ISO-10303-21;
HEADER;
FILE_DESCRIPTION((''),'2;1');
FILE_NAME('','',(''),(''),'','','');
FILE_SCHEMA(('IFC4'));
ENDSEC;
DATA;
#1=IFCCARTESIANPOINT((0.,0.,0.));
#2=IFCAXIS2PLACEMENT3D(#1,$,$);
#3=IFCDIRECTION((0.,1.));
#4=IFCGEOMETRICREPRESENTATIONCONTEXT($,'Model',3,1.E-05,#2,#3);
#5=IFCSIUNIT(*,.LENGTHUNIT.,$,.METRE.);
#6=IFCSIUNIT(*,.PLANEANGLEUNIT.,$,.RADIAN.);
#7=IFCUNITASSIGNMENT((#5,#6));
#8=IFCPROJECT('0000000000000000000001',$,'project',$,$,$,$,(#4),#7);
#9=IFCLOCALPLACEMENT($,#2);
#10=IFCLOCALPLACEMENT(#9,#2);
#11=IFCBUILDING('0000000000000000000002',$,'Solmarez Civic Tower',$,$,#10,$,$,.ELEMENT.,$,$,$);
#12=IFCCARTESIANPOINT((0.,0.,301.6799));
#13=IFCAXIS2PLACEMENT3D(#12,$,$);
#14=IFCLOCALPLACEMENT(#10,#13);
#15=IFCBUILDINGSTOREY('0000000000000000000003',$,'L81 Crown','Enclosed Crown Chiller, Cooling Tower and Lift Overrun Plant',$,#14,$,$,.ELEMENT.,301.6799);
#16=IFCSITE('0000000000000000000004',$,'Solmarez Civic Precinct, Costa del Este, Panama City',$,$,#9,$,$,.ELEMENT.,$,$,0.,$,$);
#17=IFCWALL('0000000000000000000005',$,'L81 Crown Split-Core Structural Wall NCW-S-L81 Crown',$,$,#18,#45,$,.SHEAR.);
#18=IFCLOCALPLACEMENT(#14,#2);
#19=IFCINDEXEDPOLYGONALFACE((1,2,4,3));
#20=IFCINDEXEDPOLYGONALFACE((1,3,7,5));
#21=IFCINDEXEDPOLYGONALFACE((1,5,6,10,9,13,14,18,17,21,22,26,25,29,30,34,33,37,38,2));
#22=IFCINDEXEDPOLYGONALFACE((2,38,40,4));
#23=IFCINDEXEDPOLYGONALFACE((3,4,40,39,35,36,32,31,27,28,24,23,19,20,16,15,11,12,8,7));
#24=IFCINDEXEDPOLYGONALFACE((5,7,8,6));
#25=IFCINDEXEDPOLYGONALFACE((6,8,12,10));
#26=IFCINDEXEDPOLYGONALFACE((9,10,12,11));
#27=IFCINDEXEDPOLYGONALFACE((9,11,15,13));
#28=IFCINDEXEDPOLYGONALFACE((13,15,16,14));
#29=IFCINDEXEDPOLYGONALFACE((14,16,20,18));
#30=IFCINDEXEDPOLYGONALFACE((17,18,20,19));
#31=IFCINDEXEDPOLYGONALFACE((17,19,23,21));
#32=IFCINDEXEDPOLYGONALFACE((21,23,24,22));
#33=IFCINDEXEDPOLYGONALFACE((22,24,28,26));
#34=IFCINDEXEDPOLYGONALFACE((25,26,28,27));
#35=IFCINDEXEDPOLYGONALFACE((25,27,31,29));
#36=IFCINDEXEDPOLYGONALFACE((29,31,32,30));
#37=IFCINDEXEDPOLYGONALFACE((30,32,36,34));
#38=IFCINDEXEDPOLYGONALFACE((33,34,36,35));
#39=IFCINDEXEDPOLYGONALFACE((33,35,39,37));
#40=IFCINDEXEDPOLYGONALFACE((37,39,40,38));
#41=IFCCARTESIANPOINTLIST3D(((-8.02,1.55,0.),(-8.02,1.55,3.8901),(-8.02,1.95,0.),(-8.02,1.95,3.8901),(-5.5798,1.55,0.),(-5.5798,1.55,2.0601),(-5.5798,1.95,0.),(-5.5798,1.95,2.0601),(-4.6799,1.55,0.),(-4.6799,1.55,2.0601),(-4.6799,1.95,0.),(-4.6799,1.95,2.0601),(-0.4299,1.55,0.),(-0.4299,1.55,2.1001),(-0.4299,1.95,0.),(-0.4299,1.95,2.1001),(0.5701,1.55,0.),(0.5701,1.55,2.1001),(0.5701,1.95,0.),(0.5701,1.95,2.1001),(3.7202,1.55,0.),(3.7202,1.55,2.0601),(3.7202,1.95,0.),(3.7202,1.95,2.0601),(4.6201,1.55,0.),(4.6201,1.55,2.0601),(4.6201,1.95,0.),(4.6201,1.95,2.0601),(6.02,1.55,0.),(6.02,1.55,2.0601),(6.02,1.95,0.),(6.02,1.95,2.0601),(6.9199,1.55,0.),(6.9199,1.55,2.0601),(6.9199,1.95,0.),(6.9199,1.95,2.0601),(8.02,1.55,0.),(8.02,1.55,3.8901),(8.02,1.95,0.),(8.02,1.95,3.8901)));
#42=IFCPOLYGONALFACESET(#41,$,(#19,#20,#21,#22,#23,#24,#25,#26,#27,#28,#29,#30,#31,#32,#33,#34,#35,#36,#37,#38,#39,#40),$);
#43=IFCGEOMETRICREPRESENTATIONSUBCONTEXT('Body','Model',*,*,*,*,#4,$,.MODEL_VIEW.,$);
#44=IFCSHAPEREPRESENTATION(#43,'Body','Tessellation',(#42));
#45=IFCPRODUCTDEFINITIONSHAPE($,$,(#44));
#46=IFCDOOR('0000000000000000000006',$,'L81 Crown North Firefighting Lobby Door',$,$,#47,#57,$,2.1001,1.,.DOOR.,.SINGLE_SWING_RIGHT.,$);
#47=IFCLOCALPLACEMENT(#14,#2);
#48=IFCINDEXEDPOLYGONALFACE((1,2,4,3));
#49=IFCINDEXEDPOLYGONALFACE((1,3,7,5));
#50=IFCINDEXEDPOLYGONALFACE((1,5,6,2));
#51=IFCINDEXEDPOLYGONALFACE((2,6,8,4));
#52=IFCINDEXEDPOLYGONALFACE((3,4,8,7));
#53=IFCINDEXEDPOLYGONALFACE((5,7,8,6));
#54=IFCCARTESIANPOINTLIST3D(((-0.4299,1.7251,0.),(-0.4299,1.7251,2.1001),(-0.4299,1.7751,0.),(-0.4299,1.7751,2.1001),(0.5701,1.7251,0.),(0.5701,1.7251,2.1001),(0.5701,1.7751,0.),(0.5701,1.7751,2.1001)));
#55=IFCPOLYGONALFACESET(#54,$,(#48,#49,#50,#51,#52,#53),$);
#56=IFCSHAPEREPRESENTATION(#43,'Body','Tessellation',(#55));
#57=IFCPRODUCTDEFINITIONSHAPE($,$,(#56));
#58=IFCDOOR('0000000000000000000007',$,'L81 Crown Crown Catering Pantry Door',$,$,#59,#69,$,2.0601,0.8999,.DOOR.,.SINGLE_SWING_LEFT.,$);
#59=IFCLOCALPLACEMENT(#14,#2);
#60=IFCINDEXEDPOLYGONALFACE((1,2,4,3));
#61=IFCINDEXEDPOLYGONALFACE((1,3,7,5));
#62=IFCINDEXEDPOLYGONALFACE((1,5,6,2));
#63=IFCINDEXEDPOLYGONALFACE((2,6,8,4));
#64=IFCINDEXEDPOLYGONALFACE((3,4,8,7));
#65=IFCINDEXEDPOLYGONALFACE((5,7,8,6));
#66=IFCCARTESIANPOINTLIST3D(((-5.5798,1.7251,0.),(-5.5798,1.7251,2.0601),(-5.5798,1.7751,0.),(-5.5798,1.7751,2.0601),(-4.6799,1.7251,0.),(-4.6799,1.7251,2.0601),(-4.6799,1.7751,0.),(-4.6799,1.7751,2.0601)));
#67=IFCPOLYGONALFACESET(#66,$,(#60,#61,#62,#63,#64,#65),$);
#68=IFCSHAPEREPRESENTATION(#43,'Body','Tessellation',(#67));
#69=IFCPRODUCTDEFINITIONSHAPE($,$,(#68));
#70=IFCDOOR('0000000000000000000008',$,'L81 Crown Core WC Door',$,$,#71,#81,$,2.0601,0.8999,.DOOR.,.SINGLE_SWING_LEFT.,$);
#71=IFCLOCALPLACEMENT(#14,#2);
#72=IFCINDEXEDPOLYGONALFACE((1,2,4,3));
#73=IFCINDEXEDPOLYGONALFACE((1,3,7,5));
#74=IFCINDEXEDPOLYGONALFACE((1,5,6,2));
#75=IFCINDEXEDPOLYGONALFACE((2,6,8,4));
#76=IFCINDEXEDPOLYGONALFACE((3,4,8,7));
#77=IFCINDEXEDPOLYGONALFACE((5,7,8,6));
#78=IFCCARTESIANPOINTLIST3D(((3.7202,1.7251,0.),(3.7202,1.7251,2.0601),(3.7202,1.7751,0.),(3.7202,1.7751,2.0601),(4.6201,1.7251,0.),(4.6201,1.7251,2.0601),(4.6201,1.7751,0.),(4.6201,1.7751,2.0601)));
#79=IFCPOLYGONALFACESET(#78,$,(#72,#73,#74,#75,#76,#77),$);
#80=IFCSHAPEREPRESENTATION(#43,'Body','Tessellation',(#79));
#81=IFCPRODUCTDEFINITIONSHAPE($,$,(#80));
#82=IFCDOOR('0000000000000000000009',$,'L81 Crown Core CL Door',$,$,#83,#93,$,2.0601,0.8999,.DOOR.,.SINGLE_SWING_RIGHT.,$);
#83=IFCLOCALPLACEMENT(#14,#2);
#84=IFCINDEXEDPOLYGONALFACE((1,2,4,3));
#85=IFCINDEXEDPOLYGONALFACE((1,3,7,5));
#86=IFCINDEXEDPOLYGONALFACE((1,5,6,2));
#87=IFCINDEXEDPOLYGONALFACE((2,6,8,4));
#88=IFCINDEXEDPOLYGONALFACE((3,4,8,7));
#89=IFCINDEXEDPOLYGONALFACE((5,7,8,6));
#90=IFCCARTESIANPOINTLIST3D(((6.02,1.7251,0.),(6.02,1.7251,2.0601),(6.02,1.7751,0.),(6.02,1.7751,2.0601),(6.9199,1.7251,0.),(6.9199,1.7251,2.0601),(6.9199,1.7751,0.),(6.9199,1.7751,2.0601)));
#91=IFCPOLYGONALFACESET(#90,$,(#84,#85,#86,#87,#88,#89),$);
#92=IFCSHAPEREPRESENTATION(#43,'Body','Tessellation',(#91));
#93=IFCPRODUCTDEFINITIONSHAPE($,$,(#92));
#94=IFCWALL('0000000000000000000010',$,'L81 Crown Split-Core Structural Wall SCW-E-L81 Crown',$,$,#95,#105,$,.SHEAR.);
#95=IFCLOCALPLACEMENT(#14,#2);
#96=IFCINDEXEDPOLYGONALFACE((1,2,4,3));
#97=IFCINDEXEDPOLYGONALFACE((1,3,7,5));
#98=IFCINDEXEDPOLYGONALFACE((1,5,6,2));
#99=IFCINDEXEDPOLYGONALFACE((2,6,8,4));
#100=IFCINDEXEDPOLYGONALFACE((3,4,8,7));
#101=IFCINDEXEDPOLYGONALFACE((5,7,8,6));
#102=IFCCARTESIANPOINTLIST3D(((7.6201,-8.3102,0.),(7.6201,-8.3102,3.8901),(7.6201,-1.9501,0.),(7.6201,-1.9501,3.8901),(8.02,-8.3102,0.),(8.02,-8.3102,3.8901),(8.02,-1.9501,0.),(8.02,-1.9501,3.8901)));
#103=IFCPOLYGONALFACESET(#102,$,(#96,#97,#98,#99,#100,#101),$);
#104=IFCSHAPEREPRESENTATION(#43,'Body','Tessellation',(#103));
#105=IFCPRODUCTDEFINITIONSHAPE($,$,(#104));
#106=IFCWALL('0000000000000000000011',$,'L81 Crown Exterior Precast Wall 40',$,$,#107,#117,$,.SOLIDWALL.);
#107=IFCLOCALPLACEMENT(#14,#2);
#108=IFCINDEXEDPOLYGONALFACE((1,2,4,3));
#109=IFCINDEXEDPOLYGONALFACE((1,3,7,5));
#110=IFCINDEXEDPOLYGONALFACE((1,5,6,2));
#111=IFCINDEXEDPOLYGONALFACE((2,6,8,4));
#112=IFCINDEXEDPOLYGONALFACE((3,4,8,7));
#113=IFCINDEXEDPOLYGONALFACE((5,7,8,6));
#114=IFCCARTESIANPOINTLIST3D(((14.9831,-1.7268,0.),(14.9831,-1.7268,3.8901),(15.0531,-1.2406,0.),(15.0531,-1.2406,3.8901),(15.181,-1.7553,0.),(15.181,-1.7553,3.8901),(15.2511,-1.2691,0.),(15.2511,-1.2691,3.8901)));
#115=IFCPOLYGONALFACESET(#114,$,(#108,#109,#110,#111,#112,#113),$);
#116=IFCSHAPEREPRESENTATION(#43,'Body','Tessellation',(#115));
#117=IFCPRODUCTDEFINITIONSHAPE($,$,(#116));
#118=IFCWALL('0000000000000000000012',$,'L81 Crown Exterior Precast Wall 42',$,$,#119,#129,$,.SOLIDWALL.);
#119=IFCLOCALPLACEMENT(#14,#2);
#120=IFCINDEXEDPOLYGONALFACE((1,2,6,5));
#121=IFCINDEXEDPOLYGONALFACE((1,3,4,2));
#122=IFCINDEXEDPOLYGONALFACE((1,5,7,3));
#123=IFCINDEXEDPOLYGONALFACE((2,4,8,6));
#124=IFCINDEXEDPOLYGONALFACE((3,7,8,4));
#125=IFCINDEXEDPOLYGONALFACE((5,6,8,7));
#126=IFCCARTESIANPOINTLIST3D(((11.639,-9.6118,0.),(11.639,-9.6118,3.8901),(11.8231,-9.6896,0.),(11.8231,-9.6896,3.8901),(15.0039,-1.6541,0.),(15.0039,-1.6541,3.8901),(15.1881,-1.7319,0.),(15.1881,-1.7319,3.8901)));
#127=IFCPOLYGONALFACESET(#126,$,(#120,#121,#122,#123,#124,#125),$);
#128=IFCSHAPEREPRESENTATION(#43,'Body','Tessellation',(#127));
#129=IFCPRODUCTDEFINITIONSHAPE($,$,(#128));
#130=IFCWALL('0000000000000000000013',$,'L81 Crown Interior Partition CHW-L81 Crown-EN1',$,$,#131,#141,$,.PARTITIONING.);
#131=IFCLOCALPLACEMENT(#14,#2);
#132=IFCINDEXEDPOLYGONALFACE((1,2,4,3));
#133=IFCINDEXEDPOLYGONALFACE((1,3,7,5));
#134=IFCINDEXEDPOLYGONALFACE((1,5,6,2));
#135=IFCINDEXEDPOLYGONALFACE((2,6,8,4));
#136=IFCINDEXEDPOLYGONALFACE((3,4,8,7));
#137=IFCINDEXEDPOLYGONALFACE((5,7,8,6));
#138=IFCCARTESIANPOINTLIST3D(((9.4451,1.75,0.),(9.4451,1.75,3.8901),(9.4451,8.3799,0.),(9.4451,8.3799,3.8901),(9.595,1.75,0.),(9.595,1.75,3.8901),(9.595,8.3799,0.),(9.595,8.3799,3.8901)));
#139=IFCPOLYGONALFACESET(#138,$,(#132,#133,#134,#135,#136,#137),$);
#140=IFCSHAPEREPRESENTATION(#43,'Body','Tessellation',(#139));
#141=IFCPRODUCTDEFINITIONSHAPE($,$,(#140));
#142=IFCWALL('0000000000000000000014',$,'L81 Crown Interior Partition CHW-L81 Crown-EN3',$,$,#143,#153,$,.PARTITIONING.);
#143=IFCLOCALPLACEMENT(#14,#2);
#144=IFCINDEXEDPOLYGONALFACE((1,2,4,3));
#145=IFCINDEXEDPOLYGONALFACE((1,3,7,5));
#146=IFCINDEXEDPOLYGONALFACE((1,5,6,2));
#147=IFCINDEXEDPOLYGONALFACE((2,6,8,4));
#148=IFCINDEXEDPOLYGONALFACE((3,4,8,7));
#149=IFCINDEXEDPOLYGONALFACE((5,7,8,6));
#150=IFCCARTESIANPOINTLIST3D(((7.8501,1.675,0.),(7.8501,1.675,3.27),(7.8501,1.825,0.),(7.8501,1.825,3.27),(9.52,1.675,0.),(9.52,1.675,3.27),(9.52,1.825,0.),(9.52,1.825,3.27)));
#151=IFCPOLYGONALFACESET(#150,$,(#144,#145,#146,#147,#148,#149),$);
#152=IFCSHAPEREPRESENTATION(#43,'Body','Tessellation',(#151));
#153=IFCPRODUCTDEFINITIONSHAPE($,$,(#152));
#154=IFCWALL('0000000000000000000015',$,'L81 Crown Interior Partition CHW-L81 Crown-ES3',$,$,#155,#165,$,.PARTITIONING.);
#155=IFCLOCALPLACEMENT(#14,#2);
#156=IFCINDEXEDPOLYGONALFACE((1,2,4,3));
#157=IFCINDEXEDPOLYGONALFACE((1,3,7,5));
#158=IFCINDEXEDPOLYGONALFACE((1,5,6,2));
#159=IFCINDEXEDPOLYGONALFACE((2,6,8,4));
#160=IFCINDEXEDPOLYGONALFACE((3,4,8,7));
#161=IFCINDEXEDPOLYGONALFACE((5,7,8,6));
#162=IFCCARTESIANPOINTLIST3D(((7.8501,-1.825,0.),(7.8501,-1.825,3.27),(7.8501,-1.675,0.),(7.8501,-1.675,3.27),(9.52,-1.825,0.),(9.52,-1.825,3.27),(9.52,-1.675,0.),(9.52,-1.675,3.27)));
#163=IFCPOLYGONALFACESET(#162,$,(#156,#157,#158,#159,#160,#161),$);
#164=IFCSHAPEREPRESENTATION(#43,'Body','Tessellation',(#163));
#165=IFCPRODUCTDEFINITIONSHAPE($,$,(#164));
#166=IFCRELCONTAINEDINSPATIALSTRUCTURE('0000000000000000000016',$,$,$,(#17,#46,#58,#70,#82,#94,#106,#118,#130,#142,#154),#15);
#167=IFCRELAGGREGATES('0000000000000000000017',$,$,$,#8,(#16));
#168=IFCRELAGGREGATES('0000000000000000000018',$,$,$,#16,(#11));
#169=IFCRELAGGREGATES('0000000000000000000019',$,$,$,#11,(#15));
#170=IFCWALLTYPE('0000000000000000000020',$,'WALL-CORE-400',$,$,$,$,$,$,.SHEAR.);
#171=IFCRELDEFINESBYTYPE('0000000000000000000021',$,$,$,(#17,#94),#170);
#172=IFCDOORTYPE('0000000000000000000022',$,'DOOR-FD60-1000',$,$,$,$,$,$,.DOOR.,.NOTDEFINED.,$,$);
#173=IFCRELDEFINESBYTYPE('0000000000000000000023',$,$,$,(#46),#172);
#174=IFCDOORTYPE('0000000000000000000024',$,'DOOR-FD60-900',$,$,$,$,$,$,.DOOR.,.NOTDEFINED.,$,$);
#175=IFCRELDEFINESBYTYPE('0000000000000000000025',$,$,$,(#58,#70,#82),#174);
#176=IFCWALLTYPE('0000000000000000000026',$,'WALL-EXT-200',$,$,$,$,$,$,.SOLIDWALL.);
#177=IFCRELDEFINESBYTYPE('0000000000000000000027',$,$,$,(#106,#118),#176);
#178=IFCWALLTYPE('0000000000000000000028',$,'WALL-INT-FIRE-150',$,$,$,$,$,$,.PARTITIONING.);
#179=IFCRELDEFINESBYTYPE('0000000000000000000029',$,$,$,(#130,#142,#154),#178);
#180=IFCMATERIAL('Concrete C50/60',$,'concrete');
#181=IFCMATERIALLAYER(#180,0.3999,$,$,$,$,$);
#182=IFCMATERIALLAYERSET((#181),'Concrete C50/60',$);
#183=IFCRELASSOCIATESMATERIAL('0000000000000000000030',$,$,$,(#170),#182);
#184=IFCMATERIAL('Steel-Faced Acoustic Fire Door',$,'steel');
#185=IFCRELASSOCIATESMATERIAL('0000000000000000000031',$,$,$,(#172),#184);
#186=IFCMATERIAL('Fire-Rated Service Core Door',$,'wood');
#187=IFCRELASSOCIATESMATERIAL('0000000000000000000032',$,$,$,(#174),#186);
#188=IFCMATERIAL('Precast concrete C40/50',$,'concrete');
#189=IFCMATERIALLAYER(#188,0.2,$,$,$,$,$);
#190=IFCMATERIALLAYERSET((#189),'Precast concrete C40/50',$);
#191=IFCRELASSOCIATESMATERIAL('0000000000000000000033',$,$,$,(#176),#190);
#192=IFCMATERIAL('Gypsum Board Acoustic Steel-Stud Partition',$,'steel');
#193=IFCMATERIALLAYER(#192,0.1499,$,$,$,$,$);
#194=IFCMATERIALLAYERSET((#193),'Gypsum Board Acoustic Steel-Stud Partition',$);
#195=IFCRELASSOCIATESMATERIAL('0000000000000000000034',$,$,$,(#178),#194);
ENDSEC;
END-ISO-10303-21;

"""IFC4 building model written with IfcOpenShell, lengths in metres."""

from ifc_helpers import new_model, si_unit, direction, frame, frame_2d, origin, place, context, subcontext, project, spatial, rectangle, extrude, material, layer, layer_set, type_object, element, fill, save


model = new_model("IFC4")

# Units and contexts
model_context = context("Model", 3, precision=1e-05, world=origin(), true_north=direction((0.0, 1.0)))
body_context = subcontext(model_context, "Body", "Model", "MODEL_VIEW")
ifc_project = project(units=[si_unit("LENGTHUNIT", "METRE"), si_unit("PLANEANGLEUNIT", "RADIAN")], contexts=[model_context])

# Site, building, storey
site_placement = place(None, origin())
site = spatial("IfcSite", under=ifc_project, at=site_placement, Name="Solmarez Civic Precinct, Costa del Este, Panama City", CompositionType="ELEMENT", RefElevation=0.0)
building_placement = place(site_placement, origin())
building = spatial("IfcBuilding", under=site, at=building_placement, Name="Solmarez Civic Tower", CompositionType="ELEMENT")
storey_placement = place(building_placement, frame((0.0, 0.0, 301.6799)))
storey = spatial("IfcBuildingStorey", under=building, at=storey_placement, Name="L81 Crown", Description="Enclosed Crown Chiller, Cooling Tower and Lift Overrun Plant", CompositionType="ELEMENT", Elevation=301.6799)

# Wall, openings, doors
ifc_material_1 = material(Name="Concrete C50/60", Category="concrete")
ifc_layer_1 = layer(ifc_material_1, 0.3999)
ifc_layer_set_1 = layer_set([ifc_layer_1], Name="Concrete C50/60")
wall_type_1 = type_object("IfcWallType", Name="WALL-CORE-400", PredefinedType="SHEAR", material=ifc_layer_set_1)
wall_1_placement = place(storey_placement, frame((8.02, 1.75, 0.0), z_axis=(0.0, 0.0, 1.0), x_axis=(-1.0, 0.0, 0.0)))
wall_1 = element("IfcWall", 1, at=wall_1_placement, inside=storey, type_object=wall_type_1, Name="L81 Crown Split-Core Structural Wall NCW-S-L81 Crown", PredefinedType="SHEAR", context=body_context, shape_type="SweptSolid", body=[
    extrude(rectangle(XDim=16.04, YDim=0.3999, at=frame_2d((8.02, 0.0))), origin(), (0.0, 0.0, 1.0), 3.8901),
])
opening_1_placement = place(wall_1_placement, frame((7.45, 0.0, 0.0)))
opening_1 = element("IfcOpeningElement", 2, at=opening_1_placement, cuts=wall_1, PredefinedType="OPENING", context=body_context, shape_type="SweptSolid", body=[
    extrude(rectangle(XDim=1.0, YDim=2.1001, at=frame_2d((0.5, 1.05))), frame((0.0, 0.21, 0.0), z_axis=(0.0, -1.0, 0.0), x_axis=(1.0, 0.0, 0.0)), (0.0, 0.0, 1.0), 0.4199),
])
opening_2_placement = place(wall_1_placement, frame((12.7, 0.0, 0.0)))
opening_2 = element("IfcOpeningElement", 3, at=opening_2_placement, cuts=wall_1, PredefinedType="OPENING", context=body_context, shape_type="SweptSolid", body=[
    extrude(rectangle(XDim=0.8999, YDim=2.0601, at=frame_2d((0.45, 1.03))), frame((0.0, 0.21, 0.0), z_axis=(0.0, -1.0, 0.0), x_axis=(1.0, 0.0, 0.0)), (0.0, 0.0, 1.0), 0.4199),
])
opening_3_placement = place(wall_1_placement, frame((3.3999, 0.0, 0.0)))
opening_3 = element("IfcOpeningElement", 4, at=opening_3_placement, cuts=wall_1, PredefinedType="OPENING", context=body_context, shape_type="SweptSolid", body=[
    extrude(rectangle(XDim=0.8999, YDim=2.0601, at=frame_2d((0.45, 1.03))), frame((0.0, 0.21, 0.0), z_axis=(0.0, -1.0, 0.0), x_axis=(1.0, 0.0, 0.0)), (0.0, 0.0, 1.0), 0.4199),
])
opening_4_placement = place(wall_1_placement, frame((1.1001, 0.0, 0.0)))
opening_4 = element("IfcOpeningElement", 5, at=opening_4_placement, cuts=wall_1, PredefinedType="OPENING", context=body_context, shape_type="SweptSolid", body=[
    extrude(rectangle(XDim=0.8999, YDim=2.0601, at=frame_2d((0.45, 1.03))), frame((0.0, 0.21, 0.0), z_axis=(0.0, -1.0, 0.0), x_axis=(1.0, 0.0, 0.0)), (0.0, 0.0, 1.0), 0.4199),
])
ifc_material_2 = material(Name="Steel-Faced Acoustic Fire Door", Category="steel")
door_type_1 = type_object("IfcDoorType", Name="DOOR-FD60-1000", OperationType="NOTDEFINED", PredefinedType="DOOR", material=ifc_material_2)
door_1_placement = place(opening_1_placement, origin())
door_1 = element("IfcDoor", 6, at=door_1_placement, inside=storey, type_object=door_type_1, Name="L81 Crown North Firefighting Lobby Door", OperationType="SINGLE_SWING_RIGHT", OverallHeight=2.1001, OverallWidth=1.0, PredefinedType="DOOR", context=body_context, shape_type="SweptSolid", body=[
    extrude(rectangle(XDim=1.0, YDim=2.1001, at=frame_2d((0.5, 1.05))), frame((0.0, 0.0249, 0.0), z_axis=(0.0, -1.0, 0.0), x_axis=(1.0, 0.0, 0.0)), (0.0, 0.0, 1.0), 0.05),
])
fill(opening_1, door_1)
ifc_material_3 = material(Name="Fire-Rated Service Core Door", Category="wood")
door_type_2 = type_object("IfcDoorType", Name="DOOR-FD60-900", OperationType="NOTDEFINED", PredefinedType="DOOR", material=ifc_material_3)
door_2_placement = place(opening_2_placement, origin())
door_2 = element("IfcDoor", 7, at=door_2_placement, inside=storey, type_object=door_type_2, Name="L81 Crown Crown Catering Pantry Door", OperationType="SINGLE_SWING_LEFT", OverallHeight=2.0601, OverallWidth=0.8999, PredefinedType="DOOR", context=body_context, shape_type="SweptSolid", body=[
    extrude(rectangle(XDim=0.8999, YDim=2.0601, at=frame_2d((0.45, 1.03))), frame((0.0, 0.0249, 0.0), z_axis=(0.0, -1.0, 0.0), x_axis=(1.0, 0.0, 0.0)), (0.0, 0.0, 1.0), 0.05),
])
fill(opening_2, door_2)
door_3_placement = place(opening_3_placement, origin())
door_3 = element("IfcDoor", 8, at=door_3_placement, inside=storey, type_object=door_type_2, Name="L81 Crown Core WC Door", OperationType="SINGLE_SWING_LEFT", OverallHeight=2.0601, OverallWidth=0.8999, PredefinedType="DOOR", context=body_context, shape_type="SweptSolid", body=[
    extrude(rectangle(XDim=0.8999, YDim=2.0601, at=frame_2d((0.45, 1.03))), frame((0.0, 0.0249, 0.0), z_axis=(0.0, -1.0, 0.0), x_axis=(1.0, 0.0, 0.0)), (0.0, 0.0, 1.0), 0.05),
])
fill(opening_3, door_3)
door_4_placement = place(opening_4_placement, origin())
door_4 = element("IfcDoor", 9, at=door_4_placement, inside=storey, type_object=door_type_2, Name="L81 Crown Core CL Door", OperationType="SINGLE_SWING_RIGHT", OverallHeight=2.0601, OverallWidth=0.8999, PredefinedType="DOOR", context=body_context, shape_type="SweptSolid", body=[
    extrude(rectangle(XDim=0.8999, YDim=2.0601, at=frame_2d((0.45, 1.03))), frame((0.0, 0.0249, 0.0), z_axis=(0.0, -1.0, 0.0), x_axis=(1.0, 0.0, 0.0)), (0.0, 0.0, 1.0), 0.05),
])
fill(opening_4, door_4)

# Walls
wall_2_placement = place(storey_placement, frame((7.8201, -1.95, 0.0), z_axis=(0.0, 0.0, 1.0), x_axis=(0.0, -1.0, 0.0)))
element("IfcWall", 10, at=wall_2_placement, inside=storey, type_object=wall_type_1, Name="L81 Crown Split-Core Structural Wall SCW-E-L81 Crown", PredefinedType="SHEAR", context=body_context, shape_type="SweptSolid", body=[
    extrude(rectangle(XDim=6.3601, YDim=0.3999, at=frame_2d((3.1802, 0.0))), origin(), (0.0, 0.0, 1.0), 3.8901),
])
ifc_material_4 = material(Name="Precast concrete C40/50", Category="concrete")
ifc_layer_2 = layer(ifc_material_4, 0.2)
ifc_layer_set_2 = layer_set([ifc_layer_2], Name="Precast concrete C40/50")
wall_type_2 = type_object("IfcWallType", Name="WALL-EXT-200", PredefinedType="SOLIDWALL", material=ifc_layer_set_2)
wall_3_placement = place(storey_placement, frame((15.1521, -1.2549, 0.0), z_axis=(0.0, 0.0, 1.0), x_axis=(-0.142674, -0.98977, 0.0)))
element("IfcWall", 11, at=wall_3_placement, inside=storey, type_object=wall_type_2, Name="L81 Crown Exterior Precast Wall 40", PredefinedType="SOLIDWALL", context=body_context, shape_type="SweptSolid", body=[
    extrude(rectangle(XDim=0.4912, YDim=0.2, at=frame_2d((0.2456, 0.0))), origin(), (0.0, 0.0, 1.0), 3.8901),
])
wall_4_placement = place(storey_placement, frame((15.0959, -1.6931, 0.0), z_axis=(0.0, 0.0, 1.0), x_axis=(-0.389468, -0.92104, 0.0)))
element("IfcWall", 12, at=wall_4_placement, inside=storey, type_object=wall_type_2, Name="L81 Crown Exterior Precast Wall 42", PredefinedType="SOLIDWALL", context=body_context, shape_type="SweptSolid", body=[
    extrude(rectangle(XDim=8.6399, YDim=0.2, at=frame_2d((4.3198, 0.0))), origin(), (0.0, 0.0, 1.0), 3.8901),
])
ifc_material_5 = material(Name="Gypsum Board Acoustic Steel-Stud Partition", Category="steel")
ifc_layer_3 = layer(ifc_material_5, 0.1499)
ifc_layer_set_3 = layer_set([ifc_layer_3], Name="Gypsum Board Acoustic Steel-Stud Partition")
wall_type_3 = type_object("IfcWallType", Name="WALL-INT-FIRE-150", PredefinedType="PARTITIONING", material=ifc_layer_set_3)
wall_5_placement = place(storey_placement, frame((9.52, 1.75, 0.0), z_axis=(0.0, 0.0, 1.0), x_axis=(0.0, 1.0, 0.0)))
element("IfcWall", 13, at=wall_5_placement, inside=storey, type_object=wall_type_3, Name="L81 Crown Interior Partition CHW-L81 Crown-EN1", PredefinedType="PARTITIONING", context=body_context, shape_type="SweptSolid", body=[
    extrude(rectangle(XDim=6.6299, YDim=0.1499, at=frame_2d((3.3149, 0.0))), origin(), (0.0, 0.0, 1.0), 3.8901),
])
for number, where, z_axis, x_axis, name in (
    (14, (7.8501, 1.75, 0.0), (0.0, 0.0, 1.0), (1.0, 0.0, 0.0), "L81 Crown Interior Partition CHW-L81 Crown-EN3"),
    (15, (7.8501, -1.75, 0.0), (0.0, 0.0, 1.0), (1.0, 0.0, 0.0), "L81 Crown Interior Partition CHW-L81 Crown-ES3"),
):
    element("IfcWall", number, at=place(storey_placement, frame(where, z_axis=z_axis, x_axis=x_axis)), inside=storey, type_object=wall_type_3, Name=name, PredefinedType="PARTITIONING", context=body_context, shape_type="SweptSolid", body=[
        extrude(rectangle(XDim=1.6699, YDim=0.1499, at=frame_2d((0.835, 0.0))), origin(), (0.0, 0.0, 1.0), 3.27),
    ])

save(model, "model.ifc")
